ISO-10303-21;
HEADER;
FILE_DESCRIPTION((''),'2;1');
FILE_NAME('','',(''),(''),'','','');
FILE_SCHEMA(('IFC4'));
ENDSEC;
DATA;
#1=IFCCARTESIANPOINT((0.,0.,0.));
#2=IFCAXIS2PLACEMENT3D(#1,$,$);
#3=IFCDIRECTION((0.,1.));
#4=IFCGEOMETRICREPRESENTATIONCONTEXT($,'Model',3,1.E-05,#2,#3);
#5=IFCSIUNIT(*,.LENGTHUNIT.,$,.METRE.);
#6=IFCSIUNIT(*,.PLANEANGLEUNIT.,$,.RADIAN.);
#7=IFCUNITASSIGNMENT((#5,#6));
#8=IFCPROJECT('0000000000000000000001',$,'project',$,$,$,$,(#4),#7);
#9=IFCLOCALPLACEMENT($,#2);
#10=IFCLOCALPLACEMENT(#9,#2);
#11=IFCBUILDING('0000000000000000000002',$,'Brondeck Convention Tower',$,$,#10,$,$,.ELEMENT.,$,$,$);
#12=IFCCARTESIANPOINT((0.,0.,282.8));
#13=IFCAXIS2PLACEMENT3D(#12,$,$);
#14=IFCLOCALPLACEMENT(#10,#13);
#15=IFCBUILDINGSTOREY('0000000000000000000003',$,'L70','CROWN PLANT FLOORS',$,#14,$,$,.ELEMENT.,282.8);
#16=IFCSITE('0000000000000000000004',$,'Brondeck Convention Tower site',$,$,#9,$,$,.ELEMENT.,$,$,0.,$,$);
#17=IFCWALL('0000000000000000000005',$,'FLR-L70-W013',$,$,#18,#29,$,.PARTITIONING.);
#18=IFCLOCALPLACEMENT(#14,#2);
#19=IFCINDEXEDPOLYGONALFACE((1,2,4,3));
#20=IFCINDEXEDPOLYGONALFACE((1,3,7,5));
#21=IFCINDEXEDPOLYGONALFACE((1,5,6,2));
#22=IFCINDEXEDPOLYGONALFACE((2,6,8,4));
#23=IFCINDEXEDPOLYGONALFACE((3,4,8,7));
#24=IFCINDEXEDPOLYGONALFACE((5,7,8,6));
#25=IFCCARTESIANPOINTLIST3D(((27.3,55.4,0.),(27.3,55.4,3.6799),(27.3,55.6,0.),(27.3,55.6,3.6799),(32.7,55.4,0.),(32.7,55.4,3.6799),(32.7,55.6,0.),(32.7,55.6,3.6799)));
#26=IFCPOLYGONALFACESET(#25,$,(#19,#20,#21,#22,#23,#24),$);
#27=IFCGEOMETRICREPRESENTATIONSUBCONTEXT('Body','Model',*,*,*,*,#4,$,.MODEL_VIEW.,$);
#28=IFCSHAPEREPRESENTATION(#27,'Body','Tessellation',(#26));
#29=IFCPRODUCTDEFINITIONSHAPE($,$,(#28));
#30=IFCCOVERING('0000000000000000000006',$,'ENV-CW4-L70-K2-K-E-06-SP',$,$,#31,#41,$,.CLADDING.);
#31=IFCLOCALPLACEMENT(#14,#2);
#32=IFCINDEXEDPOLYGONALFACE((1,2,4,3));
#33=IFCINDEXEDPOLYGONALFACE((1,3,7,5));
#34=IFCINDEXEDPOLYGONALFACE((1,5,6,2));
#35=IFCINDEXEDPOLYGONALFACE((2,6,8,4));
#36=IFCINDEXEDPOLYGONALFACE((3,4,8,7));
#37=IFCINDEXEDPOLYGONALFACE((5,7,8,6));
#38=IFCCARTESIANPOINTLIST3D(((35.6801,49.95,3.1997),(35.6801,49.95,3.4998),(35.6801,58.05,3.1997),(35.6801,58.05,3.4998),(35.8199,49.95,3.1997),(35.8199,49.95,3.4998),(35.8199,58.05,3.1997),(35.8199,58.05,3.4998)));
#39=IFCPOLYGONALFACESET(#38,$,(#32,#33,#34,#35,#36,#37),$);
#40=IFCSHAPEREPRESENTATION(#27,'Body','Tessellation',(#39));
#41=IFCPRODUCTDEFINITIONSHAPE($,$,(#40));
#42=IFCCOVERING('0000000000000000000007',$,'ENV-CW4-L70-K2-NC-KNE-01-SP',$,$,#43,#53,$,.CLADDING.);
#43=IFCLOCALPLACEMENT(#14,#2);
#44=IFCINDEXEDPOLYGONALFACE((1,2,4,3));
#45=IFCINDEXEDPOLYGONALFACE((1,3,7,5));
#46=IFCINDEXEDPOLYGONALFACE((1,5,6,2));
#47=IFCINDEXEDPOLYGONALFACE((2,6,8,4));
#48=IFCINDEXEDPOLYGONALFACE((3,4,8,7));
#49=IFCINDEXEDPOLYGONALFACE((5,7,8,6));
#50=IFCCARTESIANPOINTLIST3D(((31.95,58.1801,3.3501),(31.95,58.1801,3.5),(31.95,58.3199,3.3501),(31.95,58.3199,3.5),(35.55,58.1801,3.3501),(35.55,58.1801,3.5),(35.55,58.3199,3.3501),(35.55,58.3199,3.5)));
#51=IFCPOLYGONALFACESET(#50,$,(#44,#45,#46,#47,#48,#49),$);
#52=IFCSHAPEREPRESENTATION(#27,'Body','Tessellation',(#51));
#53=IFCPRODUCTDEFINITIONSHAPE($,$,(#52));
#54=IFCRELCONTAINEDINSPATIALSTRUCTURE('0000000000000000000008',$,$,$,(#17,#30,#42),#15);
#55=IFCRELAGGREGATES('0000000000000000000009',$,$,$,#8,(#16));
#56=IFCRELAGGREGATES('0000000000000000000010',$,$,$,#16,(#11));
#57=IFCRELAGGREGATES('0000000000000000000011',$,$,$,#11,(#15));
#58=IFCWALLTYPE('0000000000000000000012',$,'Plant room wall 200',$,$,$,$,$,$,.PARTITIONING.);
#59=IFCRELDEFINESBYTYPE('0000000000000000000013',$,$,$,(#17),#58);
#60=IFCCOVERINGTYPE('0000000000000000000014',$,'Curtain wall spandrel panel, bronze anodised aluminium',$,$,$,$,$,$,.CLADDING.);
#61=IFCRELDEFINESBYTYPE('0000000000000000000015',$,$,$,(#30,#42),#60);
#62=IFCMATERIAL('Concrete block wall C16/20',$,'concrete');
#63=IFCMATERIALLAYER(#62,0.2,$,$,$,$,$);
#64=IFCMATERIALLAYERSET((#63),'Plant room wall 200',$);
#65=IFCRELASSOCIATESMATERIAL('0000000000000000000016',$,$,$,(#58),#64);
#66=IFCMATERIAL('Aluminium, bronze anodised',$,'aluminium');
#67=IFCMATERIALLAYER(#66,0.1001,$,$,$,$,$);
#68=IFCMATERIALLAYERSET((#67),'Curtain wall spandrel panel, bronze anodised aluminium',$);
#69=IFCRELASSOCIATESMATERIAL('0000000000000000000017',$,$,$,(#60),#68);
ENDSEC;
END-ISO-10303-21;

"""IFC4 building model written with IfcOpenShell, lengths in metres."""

from ifc_helpers import new_model, si_unit, direction, frame, frame_2d, origin, origin_2d, place, context, subcontext, project, spatial, rectangle, extrude, material, layer, layer_set, type_object, element, save


model = new_model("IFC4")

# Units and contexts
model_context = context("Model", 3, precision=1e-05, world=origin(), true_north=direction((0.0, 1.0)))
body_context = subcontext(model_context, "Body", "Model", "MODEL_VIEW")
ifc_project = project(units=[si_unit("LENGTHUNIT", "METRE"), si_unit("PLANEANGLEUNIT", "RADIAN")], contexts=[model_context])

# Site, building, storey
site_placement = place(None, origin())
site = spatial("IfcSite", under=ifc_project, at=site_placement, Name="Brondeck Convention Tower site", CompositionType="ELEMENT", RefElevation=0.0)
building_placement = place(site_placement, origin())
building = spatial("IfcBuilding", under=site, at=building_placement, Name="Brondeck Convention Tower", CompositionType="ELEMENT")
storey_placement = place(building_placement, frame((0.0, 0.0, 282.8)))
storey = spatial("IfcBuildingStorey", under=building, at=storey_placement, Name="L70", Description="CROWN PLANT FLOORS", CompositionType="ELEMENT", Elevation=282.8)

# Shared definitions
ifc_material_1 = material(Name="Aluminium, bronze anodised", Category="aluminium")

# Wall
ifc_material_2 = material(Name="Concrete block wall C16/20", Category="concrete")
ifc_layer_1 = layer(ifc_material_2, 0.2)
ifc_layer_set_1 = layer_set([ifc_layer_1], Name="Plant room wall 200")
wall_type = type_object("IfcWallType", Name="Plant room wall 200", PredefinedType="PARTITIONING", material=ifc_layer_set_1)
wall_placement = place(storey_placement, frame((32.7, 55.5, 0.0), z_axis=(0.0, 0.0, 1.0), x_axis=(-1.0, 0.0, 0.0)))
element("IfcWall", 1, at=wall_placement, inside=storey, type_object=wall_type, Name="FLR-L70-W013", PredefinedType="PARTITIONING", context=body_context, shape_type="SweptSolid", body=[
    extrude(rectangle(XDim=5.3999, YDim=0.2, at=frame_2d((2.7, 0.0))), origin(), (0.0, 0.0, 1.0), 3.6799),
])

# Coverings
ifc_layer_2 = layer(ifc_material_1, 0.1001)
ifc_layer_set_2 = layer_set([ifc_layer_2], Name="Curtain wall spandrel panel, bronze anodised aluminium")
covering_type = type_object("IfcCoveringType", Name="Curtain wall spandrel panel, bronze anodised aluminium", PredefinedType="CLADDING", material=ifc_layer_set_2)
covering_1_placement = place(storey_placement, frame((35.75, 54.0, 3.1997), z_axis=(0.0, 0.0, 1.0), x_axis=(0.0, -1.0, 0.0)))
element("IfcCovering", 2, at=covering_1_placement, inside=storey, type_object=covering_type, Name="ENV-CW4-L70-K2-K-E-06-SP", PredefinedType="CLADDING", context=body_context, shape_type="SweptSolid", body=[
    extrude(rectangle(XDim=8.1001, YDim=0.1399, at=origin_2d()), origin(), (0.0, 0.0, 1.0), 0.3),
])
covering_2_placement = place(storey_placement, frame((33.75, 58.25, 3.3501), z_axis=(0.0, 0.0, 1.0), x_axis=(1.0, 0.0, 0.0)))
element("IfcCovering", 3, at=covering_2_placement, inside=storey, type_object=covering_type, Name="ENV-CW4-L70-K2-NC-KNE-01-SP", PredefinedType="CLADDING", context=body_context, shape_type="SweptSolid", body=[
    extrude(rectangle(XDim=3.6001, YDim=0.1399, at=origin_2d()), origin(), (0.0, 0.0, 1.0), 0.1499),
])

save(model, "model.ifc")
